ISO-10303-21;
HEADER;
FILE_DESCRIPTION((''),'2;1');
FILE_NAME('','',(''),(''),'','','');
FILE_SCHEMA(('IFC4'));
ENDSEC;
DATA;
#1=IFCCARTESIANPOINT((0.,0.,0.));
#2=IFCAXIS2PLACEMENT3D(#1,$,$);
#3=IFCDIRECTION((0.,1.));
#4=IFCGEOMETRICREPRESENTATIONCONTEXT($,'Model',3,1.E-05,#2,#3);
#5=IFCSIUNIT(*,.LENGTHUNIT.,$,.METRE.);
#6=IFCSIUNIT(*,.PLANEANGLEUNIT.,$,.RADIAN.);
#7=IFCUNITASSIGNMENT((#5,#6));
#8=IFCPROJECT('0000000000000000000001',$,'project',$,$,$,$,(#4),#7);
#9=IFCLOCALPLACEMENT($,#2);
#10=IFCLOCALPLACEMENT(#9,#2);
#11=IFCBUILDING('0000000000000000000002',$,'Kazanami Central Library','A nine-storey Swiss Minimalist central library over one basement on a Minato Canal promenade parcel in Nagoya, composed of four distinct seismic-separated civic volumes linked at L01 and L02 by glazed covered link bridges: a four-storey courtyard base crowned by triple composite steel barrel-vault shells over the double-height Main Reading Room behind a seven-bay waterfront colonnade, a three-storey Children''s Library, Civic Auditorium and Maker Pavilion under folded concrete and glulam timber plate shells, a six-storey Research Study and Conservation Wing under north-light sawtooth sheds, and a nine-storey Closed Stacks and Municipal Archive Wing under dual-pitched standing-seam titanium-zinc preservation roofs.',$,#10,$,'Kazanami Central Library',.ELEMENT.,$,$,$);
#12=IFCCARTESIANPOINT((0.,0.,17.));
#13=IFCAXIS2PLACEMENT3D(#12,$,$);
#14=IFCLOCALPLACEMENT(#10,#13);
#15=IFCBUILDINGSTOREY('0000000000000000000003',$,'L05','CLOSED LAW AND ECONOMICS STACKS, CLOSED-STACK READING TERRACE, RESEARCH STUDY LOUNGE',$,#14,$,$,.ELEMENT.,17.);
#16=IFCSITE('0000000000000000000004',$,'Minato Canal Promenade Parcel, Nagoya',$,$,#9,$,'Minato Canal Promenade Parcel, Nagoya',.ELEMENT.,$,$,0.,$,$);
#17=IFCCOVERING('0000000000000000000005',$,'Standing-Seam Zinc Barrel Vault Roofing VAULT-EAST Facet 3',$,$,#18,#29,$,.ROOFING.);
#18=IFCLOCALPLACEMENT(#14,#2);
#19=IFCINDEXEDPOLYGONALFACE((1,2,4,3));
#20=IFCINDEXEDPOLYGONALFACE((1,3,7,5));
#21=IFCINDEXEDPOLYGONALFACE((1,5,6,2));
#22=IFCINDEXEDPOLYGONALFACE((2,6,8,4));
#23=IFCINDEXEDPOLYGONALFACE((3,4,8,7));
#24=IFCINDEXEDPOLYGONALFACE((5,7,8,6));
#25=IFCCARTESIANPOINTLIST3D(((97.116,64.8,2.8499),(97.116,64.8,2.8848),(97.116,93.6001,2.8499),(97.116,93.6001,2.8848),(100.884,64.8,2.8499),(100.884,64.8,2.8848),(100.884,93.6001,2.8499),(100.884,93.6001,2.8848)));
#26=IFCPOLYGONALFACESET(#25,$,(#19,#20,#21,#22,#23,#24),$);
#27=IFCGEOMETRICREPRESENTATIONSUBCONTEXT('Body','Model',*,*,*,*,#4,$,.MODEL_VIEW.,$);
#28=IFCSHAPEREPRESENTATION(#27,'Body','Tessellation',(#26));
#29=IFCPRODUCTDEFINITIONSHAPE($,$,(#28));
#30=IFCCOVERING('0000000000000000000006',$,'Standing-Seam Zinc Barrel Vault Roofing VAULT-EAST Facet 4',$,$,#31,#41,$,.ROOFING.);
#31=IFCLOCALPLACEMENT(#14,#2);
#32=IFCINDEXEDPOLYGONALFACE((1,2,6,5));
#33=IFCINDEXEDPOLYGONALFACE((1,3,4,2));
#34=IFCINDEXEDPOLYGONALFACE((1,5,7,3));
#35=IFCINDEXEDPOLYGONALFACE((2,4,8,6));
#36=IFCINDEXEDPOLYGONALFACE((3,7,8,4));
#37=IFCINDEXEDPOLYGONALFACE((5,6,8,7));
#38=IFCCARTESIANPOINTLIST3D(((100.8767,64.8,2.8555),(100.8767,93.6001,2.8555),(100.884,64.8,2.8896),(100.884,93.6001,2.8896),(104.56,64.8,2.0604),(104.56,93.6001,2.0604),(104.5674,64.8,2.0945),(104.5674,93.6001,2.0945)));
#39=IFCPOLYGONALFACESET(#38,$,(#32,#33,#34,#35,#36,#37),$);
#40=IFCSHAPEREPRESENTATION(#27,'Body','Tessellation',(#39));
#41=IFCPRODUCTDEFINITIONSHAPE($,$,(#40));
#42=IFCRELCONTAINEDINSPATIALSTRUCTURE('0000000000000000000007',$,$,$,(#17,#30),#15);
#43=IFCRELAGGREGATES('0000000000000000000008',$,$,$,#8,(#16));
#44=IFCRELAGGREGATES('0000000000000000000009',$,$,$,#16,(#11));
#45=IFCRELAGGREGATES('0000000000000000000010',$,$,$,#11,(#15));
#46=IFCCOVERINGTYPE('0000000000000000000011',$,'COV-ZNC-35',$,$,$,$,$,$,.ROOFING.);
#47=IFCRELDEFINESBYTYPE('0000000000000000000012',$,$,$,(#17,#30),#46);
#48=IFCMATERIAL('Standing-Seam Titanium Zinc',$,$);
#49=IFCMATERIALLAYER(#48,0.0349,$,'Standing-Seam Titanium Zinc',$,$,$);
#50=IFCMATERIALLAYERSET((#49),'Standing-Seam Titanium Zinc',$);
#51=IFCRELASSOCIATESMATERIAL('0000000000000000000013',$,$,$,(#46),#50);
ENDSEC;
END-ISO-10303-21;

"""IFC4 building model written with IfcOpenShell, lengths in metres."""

from ifc_helpers import new_model, si_unit, direction, frame, origin, place, context, subcontext, project, spatial, polyline, outline, extrude, material, layer, layer_set, type_object, element, save


model = new_model("IFC4")

# Units and contexts
model_context = context("Model", 3, precision=1e-05, world=origin(), true_north=direction((0.0, 1.0)))
body_context = subcontext(model_context, "Body", "Model", "MODEL_VIEW")
ifc_project = project(units=[si_unit("LENGTHUNIT", "METRE"), si_unit("PLANEANGLEUNIT", "RADIAN")], contexts=[model_context])

# Site, building, storey
site_placement = place(None, origin())
site = spatial("IfcSite", under=ifc_project, at=site_placement, Name="Minato Canal Promenade Parcel, Nagoya", LongName="Minato Canal Promenade Parcel, Nagoya", CompositionType="ELEMENT", RefElevation=0.0)
building_placement = place(site_placement, origin())
building = spatial("IfcBuilding", under=site, at=building_placement, Name="Kazanami Central Library", Description="A nine-storey Swiss Minimalist central library over one basement on a Minato Canal promenade parcel in Nagoya, composed of four distinct seismic-separated civic volumes linked at L01 and L02 by glazed covered link bridges: a four-storey courtyard base crowned by triple composite steel barrel-vault shells over the double-height Main Reading Room behind a seven-bay waterfront colonnade, a three-storey Children's Library, Civic Auditorium and Maker Pavilion under folded concrete and glulam timber plate shells, a six-storey Research Study and Conservation Wing under north-light sawtooth sheds, and a nine-storey Closed Stacks and Municipal Archive Wing under dual-pitched standing-seam titanium-zinc preservation roofs.", LongName="Kazanami Central Library", CompositionType="ELEMENT")
storey_placement = place(building_placement, frame((0.0, 0.0, 17.0)))
storey = spatial("IfcBuildingStorey", under=building, at=storey_placement, Name="L05", Description="CLOSED LAW AND ECONOMICS STACKS, CLOSED-STACK READING TERRACE, RESEARCH STUDY LOUNGE", CompositionType="ELEMENT", Elevation=17.0)

# Shared definitions
ifc_material_1 = material(Name="Standing-Seam Titanium Zinc")

# Coverings
ifc_layer_1 = layer(ifc_material_1, 0.0349, Name="Standing-Seam Titanium Zinc")
ifc_layer_set_1 = layer_set([ifc_layer_1], Name="Standing-Seam Titanium Zinc")
covering_type = type_object("IfcCoveringType", Name="COV-ZNC-35", PredefinedType="ROOFING", material=ifc_layer_set_1)
covering_1_placement = place(storey_placement, frame((97.116, 64.8, 2.8848), z_axis=(0.0, 0.0, 1.0), x_axis=(1.0, 0.0, 0.0)))
element("IfcCovering", 1, at=covering_1_placement, inside=storey, type_object=covering_type, Name="Standing-Seam Zinc Barrel Vault Roofing VAULT-EAST Facet 3", PredefinedType="ROOFING", context=body_context, shape_type="SweptSolid", body=[
    extrude(outline(polyline([(0.0, 0.0), (3.7681, 0.0), (3.7681, 28.8), (0.0, 28.8), (0.0, 0.0)])), origin(), (0.0, 0.0, -1.0), 0.0349),
])
covering_2_placement = place(storey_placement, frame((100.884, 64.8, 2.8896), z_axis=(0.21102, 0.0, 0.977482), x_axis=(0.977482, 0.0, -0.21102)))
element("IfcCovering", 2, at=covering_2_placement, inside=storey, type_object=covering_type, Name="Standing-Seam Zinc Barrel Vault Roofing VAULT-EAST Facet 4", PredefinedType="ROOFING", context=body_context, shape_type="SweptSolid", body=[
    extrude(outline(polyline([(0.0, 0.0), (3.7682, 0.0), (3.7682, 28.8), (0.0, 28.8), (0.0, 0.0)])), origin(), (0.0, 0.0, -1.0), 0.0349),
])

save(model, "model.ifc")
